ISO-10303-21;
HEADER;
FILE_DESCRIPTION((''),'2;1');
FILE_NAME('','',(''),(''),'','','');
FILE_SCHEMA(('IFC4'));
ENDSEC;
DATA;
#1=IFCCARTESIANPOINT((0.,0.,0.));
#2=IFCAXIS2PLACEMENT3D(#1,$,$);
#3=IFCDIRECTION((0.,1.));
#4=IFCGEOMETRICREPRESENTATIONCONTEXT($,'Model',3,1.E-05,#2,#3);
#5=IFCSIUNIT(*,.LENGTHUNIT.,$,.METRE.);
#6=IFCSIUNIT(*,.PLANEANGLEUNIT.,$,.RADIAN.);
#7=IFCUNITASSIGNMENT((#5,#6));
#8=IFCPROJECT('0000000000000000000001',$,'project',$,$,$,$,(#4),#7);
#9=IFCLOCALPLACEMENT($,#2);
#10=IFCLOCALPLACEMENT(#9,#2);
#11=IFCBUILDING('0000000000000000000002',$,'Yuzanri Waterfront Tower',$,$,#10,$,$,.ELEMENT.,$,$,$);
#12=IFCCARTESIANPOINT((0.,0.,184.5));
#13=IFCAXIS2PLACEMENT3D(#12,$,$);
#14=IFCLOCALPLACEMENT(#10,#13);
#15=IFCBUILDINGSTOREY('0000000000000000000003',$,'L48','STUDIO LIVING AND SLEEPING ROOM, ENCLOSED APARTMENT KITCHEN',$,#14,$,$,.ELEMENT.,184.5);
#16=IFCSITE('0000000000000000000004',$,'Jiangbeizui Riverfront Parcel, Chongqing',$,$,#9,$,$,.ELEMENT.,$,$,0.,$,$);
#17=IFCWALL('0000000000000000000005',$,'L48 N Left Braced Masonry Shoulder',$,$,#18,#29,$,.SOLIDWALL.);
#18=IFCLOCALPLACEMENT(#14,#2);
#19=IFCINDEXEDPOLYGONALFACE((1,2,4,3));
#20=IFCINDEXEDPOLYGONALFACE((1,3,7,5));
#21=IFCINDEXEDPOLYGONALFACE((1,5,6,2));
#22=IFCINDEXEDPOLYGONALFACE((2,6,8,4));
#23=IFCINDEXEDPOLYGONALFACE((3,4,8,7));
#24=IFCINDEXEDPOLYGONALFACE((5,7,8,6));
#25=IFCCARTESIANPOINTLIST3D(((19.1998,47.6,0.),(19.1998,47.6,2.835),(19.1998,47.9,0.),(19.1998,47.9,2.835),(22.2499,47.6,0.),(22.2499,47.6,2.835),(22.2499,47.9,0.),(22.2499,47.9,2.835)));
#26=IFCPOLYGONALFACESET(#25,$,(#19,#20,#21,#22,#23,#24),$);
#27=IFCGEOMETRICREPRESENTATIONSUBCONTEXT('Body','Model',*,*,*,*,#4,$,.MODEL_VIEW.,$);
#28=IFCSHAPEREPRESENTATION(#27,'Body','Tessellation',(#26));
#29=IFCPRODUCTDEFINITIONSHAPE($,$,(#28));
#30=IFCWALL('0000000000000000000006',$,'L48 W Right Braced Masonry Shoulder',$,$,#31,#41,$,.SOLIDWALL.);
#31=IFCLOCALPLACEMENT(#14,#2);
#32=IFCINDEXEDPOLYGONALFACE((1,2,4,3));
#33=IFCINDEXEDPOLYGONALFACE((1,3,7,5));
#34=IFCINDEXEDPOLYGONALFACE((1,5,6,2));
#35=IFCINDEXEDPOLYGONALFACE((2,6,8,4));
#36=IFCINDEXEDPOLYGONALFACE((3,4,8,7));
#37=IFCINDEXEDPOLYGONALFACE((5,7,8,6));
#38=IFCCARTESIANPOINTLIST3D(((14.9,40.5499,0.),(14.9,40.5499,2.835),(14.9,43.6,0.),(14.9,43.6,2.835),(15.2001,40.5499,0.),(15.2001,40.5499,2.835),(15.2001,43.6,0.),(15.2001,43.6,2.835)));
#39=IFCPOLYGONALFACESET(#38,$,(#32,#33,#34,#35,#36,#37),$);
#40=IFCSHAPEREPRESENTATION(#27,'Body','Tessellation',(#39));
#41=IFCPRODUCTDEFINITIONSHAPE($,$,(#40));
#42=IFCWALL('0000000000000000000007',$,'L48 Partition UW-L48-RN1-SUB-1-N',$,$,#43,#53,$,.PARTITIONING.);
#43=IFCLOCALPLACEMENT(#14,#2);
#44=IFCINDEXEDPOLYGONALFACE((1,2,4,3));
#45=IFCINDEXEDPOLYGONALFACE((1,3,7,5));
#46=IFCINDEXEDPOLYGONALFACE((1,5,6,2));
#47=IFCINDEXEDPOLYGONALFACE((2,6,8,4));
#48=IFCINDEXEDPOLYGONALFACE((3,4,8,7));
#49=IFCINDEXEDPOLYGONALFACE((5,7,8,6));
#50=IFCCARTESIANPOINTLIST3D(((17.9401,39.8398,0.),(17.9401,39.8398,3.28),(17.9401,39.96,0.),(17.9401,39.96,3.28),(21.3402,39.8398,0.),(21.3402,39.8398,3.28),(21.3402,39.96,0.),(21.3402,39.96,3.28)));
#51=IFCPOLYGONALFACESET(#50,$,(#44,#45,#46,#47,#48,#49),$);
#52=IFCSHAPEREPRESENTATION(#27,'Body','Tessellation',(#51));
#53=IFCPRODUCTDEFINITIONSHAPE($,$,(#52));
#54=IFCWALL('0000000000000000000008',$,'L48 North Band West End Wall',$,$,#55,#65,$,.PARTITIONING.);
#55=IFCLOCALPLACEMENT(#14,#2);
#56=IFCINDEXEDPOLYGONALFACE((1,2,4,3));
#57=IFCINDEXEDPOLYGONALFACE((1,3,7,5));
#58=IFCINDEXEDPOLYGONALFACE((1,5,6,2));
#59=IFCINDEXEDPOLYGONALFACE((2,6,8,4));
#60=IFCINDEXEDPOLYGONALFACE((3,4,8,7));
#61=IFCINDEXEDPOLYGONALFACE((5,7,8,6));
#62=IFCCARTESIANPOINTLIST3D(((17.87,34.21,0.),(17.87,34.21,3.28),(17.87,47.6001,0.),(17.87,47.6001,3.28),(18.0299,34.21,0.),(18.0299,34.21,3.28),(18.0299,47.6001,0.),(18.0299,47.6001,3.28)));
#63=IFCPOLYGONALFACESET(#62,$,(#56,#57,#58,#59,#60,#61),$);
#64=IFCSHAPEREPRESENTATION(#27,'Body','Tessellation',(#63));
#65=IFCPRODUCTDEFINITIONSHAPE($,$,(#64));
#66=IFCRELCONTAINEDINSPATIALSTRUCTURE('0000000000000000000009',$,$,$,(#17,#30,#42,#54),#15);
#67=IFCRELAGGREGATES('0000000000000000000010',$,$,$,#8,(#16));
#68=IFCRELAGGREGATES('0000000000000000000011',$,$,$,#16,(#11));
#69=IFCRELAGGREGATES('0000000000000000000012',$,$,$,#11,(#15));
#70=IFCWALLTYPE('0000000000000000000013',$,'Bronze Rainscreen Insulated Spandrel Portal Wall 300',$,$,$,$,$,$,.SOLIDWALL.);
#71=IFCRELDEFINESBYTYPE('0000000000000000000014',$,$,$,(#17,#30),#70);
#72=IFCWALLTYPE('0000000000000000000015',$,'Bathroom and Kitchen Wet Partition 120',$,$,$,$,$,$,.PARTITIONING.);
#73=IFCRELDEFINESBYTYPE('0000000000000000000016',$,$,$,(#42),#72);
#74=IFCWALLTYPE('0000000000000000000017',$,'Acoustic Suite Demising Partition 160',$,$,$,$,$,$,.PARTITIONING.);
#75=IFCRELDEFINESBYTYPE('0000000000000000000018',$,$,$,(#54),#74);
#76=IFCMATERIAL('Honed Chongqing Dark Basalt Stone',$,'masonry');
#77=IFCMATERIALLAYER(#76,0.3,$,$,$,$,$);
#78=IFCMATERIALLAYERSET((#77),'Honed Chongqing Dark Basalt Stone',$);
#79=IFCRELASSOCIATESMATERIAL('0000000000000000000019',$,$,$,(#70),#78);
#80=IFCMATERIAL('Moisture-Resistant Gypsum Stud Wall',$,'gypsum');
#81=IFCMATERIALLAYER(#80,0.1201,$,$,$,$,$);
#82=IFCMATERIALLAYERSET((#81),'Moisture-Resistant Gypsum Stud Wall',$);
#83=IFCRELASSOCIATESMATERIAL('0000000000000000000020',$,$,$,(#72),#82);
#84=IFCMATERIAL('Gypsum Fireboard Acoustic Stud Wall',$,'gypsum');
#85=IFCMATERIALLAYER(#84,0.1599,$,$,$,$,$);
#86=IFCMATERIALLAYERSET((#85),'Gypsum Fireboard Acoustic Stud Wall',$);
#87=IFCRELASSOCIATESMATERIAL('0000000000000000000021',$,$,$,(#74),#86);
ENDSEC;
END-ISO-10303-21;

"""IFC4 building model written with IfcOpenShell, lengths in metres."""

from ifc_helpers import new_model, si_unit, direction, frame, frame_2d, origin, place, context, subcontext, project, spatial, rectangle, extrude, source, transform, mapped, material, layer, layer_set, type_object, element, save


model = new_model("IFC4")

# Units and contexts
model_context = context("Model", 3, precision=1e-05, world=origin(), true_north=direction((0.0, 1.0)))
body_context = subcontext(model_context, "Body", "Model", "MODEL_VIEW")
ifc_project = project(units=[si_unit("LENGTHUNIT", "METRE"), si_unit("PLANEANGLEUNIT", "RADIAN")], contexts=[model_context])

# Site, building, storey
site_placement = place(None, origin())
site = spatial("IfcSite", under=ifc_project, at=site_placement, Name="Jiangbeizui Riverfront Parcel, Chongqing", CompositionType="ELEMENT", RefElevation=0.0)
building_placement = place(site_placement, origin())
building = spatial("IfcBuilding", under=site, at=building_placement, Name="Yuzanri Waterfront Tower", CompositionType="ELEMENT")
storey_placement = place(building_placement, frame((0.0, 0.0, 184.5)))
storey = spatial("IfcBuildingStorey", under=building, at=storey_placement, Name="L48", Description="STUDIO LIVING AND SLEEPING ROOM, ENCLOSED APARTMENT KITCHEN", CompositionType="ELEMENT", Elevation=184.5)

# Shared definitions
ifc_material_1 = material(Name="Honed Chongqing Dark Basalt Stone", Category="masonry")
ifc_layer_1 = layer(ifc_material_1, 0.3)
ifc_layer_set_1 = layer_set([ifc_layer_1], Name="Honed Chongqing Dark Basalt Stone")
wall_type_1 = type_object("IfcWallType", Name="Bronze Rainscreen Insulated Spandrel Portal Wall 300", PredefinedType="SOLIDWALL", material=ifc_layer_set_1)

# Walls
shared_shape_1 = source(origin(), body_context, "Body", "SweptSolid", [
    extrude(rectangle(XDim=3.05, YDim=0.3, at=frame_2d((1.5249, 0.0))), origin(), (0.0, 0.0, 1.0), 2.835),
])
for number, where, z_axis, x_axis, name in (
    (1, (19.2, 47.75, 0.0), (0.0, 0.0, 1.0), (1.0, 0.0, 0.0), "L48 N Left Braced Masonry Shoulder"),
    (2, (15.05, 40.55, 0.0), (0.0, 0.0, 1.0), (0.0, 1.0, 0.0), "L48 W Right Braced Masonry Shoulder"),
):
    element("IfcWall", number, at=place(storey_placement, frame(where, z_axis=z_axis, x_axis=x_axis)), inside=storey, type_object=wall_type_1, Name=name, PredefinedType="SOLIDWALL", context=body_context, shape_type="MappedRepresentation", body=[
        mapped(shared_shape_1, transform((0.0, 0.0, 0.0), scale=1.0)),
    ])
ifc_material_2 = material(Name="Moisture-Resistant Gypsum Stud Wall", Category="gypsum")
ifc_layer_2 = layer(ifc_material_2, 0.1201)
ifc_layer_set_2 = layer_set([ifc_layer_2], Name="Moisture-Resistant Gypsum Stud Wall")
wall_type_2 = type_object("IfcWallType", Name="Bathroom and Kitchen Wet Partition 120", PredefinedType="PARTITIONING", material=ifc_layer_set_2)
shared_shape_2 = source(origin(), body_context, "Body", "SweptSolid", [
    extrude(rectangle(XDim=3.4001, YDim=0.1201, at=frame_2d((1.7002, 0.0))), origin(), (0.0, 0.0, 1.0), 3.28),
])
wall_1_placement = place(storey_placement, frame((17.9399, 39.8999, 0.0), z_axis=(0.0, 0.0, 1.0), x_axis=(1.0, 0.0, 0.0)))
element("IfcWall", 3, at=wall_1_placement, inside=storey, type_object=wall_type_2, Name="L48 Partition UW-L48-RN1-SUB-1-N", PredefinedType="PARTITIONING", context=body_context, shape_type="MappedRepresentation", body=[
    mapped(shared_shape_2, transform((0.0, 0.0, 0.0), scale=1.0)),
])
ifc_material_3 = material(Name="Gypsum Fireboard Acoustic Stud Wall", Category="gypsum")
ifc_layer_3 = layer(ifc_material_3, 0.1599)
ifc_layer_set_3 = layer_set([ifc_layer_3], Name="Gypsum Fireboard Acoustic Stud Wall")
wall_type_3 = type_object("IfcWallType", Name="Acoustic Suite Demising Partition 160", PredefinedType="PARTITIONING", material=ifc_layer_set_3)
shared_shape_3 = source(origin(), body_context, "Body", "SweptSolid", [
    extrude(rectangle(XDim=13.3901, YDim=0.1599, at=frame_2d((6.6951, 0.0))), origin(), (0.0, 0.0, 1.0), 3.28),
])
wall_2_placement = place(storey_placement, frame((17.95, 34.21, 0.0), z_axis=(0.0, 0.0, 1.0), x_axis=(0.0, 1.0, 0.0)))
element("IfcWall", 4, at=wall_2_placement, inside=storey, type_object=wall_type_3, Name="L48 North Band West End Wall", PredefinedType="PARTITIONING", context=body_context, shape_type="MappedRepresentation", body=[
    mapped(shared_shape_3, transform((0.0, 0.0, 0.0), scale=1.0)),
])

save(model, "model.ifc")
